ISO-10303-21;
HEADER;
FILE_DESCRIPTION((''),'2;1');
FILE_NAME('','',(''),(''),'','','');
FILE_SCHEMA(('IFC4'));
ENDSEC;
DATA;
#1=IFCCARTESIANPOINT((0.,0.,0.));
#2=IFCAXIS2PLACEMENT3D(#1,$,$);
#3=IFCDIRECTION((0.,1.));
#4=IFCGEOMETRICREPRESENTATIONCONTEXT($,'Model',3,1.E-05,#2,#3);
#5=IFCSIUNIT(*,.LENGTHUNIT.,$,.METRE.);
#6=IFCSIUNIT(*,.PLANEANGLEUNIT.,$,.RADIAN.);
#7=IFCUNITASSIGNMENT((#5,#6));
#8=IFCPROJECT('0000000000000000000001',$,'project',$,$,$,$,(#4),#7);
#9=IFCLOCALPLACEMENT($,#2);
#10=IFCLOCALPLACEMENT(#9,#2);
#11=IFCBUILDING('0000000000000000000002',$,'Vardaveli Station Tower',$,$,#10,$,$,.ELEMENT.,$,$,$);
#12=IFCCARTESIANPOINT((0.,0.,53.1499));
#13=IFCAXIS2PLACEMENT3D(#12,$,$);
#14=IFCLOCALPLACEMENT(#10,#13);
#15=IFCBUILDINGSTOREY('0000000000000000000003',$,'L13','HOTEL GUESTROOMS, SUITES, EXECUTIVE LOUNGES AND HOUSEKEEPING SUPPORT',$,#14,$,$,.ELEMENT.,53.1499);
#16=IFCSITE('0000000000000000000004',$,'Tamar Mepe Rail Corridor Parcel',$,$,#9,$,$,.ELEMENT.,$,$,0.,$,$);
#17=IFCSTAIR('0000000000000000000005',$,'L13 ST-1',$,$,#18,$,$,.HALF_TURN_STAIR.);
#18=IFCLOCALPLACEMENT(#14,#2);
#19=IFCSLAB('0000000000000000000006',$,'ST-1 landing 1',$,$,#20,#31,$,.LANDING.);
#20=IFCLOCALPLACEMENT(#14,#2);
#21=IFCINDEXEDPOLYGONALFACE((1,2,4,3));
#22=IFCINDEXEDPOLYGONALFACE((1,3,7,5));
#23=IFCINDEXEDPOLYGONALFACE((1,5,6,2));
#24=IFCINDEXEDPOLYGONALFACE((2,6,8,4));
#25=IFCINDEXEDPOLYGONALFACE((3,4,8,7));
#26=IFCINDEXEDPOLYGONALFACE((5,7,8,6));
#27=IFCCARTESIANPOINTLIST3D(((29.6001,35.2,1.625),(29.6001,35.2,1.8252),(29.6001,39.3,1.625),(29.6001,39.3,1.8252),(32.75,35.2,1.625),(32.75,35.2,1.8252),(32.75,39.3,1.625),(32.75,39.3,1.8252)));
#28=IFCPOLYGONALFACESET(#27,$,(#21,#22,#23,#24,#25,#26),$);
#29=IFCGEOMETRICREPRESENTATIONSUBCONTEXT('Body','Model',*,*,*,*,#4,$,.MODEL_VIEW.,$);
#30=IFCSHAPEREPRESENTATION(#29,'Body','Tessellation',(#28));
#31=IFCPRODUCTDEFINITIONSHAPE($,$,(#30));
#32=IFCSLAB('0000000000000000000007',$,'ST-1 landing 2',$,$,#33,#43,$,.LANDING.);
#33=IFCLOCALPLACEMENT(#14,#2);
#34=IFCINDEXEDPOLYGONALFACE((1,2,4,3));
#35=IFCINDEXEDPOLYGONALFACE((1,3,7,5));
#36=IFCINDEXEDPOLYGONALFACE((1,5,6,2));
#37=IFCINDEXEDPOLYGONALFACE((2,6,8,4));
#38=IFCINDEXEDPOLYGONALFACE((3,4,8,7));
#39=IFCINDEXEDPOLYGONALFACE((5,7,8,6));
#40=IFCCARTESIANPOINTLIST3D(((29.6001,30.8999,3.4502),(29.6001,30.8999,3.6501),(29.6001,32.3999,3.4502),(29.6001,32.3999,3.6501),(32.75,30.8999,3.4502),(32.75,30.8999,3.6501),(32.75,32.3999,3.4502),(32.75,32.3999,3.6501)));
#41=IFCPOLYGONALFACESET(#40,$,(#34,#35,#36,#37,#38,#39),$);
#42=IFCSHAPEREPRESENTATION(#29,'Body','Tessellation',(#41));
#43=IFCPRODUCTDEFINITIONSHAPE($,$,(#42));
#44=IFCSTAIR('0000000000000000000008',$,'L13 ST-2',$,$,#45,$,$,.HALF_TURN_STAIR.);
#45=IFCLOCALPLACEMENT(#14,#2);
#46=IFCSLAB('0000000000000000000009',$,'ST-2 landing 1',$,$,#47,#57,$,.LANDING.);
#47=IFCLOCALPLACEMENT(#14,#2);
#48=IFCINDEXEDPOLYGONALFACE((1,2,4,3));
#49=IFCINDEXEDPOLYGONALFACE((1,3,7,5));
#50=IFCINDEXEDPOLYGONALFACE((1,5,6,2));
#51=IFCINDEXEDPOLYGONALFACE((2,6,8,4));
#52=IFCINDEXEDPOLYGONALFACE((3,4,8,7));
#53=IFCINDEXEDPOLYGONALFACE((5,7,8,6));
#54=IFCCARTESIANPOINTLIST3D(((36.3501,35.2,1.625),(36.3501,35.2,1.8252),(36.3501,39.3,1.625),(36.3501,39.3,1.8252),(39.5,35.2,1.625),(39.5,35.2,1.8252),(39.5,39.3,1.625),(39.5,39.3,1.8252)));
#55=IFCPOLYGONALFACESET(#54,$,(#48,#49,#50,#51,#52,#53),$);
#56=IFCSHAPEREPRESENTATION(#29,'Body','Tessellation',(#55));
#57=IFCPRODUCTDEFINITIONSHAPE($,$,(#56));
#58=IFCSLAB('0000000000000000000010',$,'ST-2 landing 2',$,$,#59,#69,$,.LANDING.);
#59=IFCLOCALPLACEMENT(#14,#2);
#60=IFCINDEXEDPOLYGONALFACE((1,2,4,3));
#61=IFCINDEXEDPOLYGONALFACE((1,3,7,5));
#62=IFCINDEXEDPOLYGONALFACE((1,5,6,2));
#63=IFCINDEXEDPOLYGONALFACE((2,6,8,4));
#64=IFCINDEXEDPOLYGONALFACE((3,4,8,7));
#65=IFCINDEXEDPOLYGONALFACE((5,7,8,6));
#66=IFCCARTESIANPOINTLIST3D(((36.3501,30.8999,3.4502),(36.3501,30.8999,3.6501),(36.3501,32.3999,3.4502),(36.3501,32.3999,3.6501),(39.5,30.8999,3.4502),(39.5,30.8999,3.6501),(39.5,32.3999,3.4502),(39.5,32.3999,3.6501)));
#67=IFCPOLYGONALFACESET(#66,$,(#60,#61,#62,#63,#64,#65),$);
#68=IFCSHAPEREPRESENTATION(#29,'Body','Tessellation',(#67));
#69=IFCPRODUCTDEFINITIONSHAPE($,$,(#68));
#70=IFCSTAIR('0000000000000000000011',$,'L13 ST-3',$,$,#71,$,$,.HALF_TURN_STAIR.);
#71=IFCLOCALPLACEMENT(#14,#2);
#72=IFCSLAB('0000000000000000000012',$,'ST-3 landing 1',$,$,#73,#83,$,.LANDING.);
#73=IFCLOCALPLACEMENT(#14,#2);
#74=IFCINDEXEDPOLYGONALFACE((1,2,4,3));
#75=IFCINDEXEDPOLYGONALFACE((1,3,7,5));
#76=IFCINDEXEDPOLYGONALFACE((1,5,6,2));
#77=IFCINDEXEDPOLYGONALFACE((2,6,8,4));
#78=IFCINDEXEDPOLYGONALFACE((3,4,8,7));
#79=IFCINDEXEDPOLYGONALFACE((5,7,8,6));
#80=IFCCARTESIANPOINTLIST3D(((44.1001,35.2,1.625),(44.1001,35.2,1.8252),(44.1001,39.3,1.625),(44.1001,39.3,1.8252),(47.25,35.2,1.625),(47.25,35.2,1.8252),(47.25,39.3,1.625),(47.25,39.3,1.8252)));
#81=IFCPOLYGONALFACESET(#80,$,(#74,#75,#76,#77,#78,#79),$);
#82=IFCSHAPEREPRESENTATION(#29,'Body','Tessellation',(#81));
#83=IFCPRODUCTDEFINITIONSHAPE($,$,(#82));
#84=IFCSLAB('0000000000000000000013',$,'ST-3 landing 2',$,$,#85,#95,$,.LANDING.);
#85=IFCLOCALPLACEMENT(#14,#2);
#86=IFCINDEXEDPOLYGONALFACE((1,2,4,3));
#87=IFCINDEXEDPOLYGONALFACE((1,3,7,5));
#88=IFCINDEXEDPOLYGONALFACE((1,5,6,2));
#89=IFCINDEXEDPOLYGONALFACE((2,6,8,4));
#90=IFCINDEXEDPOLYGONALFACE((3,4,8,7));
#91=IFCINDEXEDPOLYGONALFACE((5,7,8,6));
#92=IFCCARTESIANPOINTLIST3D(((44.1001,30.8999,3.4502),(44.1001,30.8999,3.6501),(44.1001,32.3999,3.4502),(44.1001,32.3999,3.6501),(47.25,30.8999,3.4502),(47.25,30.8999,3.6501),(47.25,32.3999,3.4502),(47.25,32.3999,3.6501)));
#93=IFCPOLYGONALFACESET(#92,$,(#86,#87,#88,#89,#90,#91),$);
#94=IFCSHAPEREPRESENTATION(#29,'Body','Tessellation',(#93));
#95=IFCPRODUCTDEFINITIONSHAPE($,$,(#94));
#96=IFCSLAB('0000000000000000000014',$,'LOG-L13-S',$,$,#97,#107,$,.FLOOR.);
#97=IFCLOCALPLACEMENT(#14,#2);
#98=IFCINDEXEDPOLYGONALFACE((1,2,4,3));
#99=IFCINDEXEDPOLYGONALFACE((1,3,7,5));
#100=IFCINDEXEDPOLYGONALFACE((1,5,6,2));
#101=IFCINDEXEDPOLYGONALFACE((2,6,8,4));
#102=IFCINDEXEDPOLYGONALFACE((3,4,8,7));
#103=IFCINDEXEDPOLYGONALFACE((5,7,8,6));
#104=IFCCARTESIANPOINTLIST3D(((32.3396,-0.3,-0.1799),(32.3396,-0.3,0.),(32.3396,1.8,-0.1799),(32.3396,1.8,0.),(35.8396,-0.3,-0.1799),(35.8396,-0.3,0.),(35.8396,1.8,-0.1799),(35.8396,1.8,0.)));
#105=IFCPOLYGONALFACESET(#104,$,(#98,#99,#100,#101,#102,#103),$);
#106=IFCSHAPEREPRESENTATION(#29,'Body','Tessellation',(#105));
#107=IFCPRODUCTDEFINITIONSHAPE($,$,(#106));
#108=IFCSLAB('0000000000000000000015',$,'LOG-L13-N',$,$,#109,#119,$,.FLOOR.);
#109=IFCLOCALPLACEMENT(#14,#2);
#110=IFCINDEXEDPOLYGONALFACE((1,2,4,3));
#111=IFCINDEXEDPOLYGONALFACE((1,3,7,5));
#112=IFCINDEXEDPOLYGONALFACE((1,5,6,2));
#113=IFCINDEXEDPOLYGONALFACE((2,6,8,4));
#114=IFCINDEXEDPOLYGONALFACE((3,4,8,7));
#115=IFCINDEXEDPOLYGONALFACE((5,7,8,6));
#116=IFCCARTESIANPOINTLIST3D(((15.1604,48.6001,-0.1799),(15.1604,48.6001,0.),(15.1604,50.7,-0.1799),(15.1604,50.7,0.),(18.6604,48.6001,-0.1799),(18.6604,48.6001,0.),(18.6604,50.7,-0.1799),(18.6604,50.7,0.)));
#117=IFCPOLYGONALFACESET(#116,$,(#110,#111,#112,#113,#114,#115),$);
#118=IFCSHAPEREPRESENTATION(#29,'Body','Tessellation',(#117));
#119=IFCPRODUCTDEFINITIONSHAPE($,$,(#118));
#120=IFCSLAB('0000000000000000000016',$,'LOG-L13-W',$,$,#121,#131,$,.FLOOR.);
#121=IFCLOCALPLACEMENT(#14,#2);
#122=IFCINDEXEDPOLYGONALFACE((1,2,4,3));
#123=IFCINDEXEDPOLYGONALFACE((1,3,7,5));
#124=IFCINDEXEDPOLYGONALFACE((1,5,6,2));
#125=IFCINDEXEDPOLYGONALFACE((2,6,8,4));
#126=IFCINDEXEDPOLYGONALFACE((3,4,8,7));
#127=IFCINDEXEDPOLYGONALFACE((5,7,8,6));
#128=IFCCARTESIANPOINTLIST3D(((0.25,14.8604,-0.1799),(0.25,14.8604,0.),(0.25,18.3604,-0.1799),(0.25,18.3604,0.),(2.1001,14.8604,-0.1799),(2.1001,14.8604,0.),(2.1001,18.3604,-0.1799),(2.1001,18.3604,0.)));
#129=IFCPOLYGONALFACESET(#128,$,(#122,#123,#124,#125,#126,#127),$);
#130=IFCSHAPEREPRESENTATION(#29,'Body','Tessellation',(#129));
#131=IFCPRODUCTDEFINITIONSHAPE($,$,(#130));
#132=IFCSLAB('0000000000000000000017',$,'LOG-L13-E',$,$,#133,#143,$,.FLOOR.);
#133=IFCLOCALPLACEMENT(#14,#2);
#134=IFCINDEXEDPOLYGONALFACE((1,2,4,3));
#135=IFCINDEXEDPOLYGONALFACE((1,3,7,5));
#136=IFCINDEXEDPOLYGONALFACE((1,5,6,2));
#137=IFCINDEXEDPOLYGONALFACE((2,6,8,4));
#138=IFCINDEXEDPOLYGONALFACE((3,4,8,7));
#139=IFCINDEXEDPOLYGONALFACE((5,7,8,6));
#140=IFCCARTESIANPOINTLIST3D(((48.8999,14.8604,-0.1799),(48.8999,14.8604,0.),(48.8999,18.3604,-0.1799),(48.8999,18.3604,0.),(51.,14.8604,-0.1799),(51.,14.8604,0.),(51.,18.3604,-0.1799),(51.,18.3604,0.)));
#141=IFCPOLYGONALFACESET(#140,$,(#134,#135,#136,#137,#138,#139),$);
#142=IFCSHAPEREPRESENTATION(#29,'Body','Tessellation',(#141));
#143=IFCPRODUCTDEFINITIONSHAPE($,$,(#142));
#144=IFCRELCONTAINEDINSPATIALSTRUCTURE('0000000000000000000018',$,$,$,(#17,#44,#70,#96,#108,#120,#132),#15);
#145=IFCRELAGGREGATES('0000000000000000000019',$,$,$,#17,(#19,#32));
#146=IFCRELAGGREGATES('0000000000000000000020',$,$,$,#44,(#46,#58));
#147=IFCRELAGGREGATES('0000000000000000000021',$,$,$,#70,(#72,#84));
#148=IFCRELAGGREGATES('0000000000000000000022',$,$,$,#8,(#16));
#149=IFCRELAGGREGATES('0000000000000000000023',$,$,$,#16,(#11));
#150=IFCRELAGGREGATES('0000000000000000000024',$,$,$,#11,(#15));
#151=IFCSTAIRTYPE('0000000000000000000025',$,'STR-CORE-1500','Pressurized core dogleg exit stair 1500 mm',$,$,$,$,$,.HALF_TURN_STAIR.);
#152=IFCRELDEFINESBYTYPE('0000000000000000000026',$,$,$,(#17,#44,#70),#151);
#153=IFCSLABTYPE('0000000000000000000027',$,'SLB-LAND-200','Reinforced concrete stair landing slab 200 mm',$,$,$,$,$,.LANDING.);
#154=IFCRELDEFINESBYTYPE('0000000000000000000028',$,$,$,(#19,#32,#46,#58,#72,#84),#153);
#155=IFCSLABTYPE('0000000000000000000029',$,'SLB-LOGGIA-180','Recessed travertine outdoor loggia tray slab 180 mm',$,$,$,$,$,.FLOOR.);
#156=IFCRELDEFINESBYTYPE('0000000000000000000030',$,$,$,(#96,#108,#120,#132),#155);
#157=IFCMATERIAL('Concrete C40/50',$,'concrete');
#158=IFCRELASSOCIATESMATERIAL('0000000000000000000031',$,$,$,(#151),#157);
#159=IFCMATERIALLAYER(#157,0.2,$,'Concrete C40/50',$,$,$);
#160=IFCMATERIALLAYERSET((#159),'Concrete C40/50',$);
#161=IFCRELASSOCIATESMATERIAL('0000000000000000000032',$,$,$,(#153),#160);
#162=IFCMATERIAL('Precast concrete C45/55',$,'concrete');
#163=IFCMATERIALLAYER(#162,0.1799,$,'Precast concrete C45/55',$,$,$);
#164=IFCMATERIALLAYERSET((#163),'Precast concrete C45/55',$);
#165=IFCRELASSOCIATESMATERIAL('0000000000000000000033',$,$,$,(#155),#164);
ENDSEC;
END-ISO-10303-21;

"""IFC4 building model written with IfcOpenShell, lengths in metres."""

from ifc_helpers import new_model, si_unit, direction, frame, origin, place, context, subcontext, project, spatial, polyline, outline, extrude, material, layer, layer_set, type_object, element, aggregate, save


model = new_model("IFC4")

# Units and contexts
model_context = context("Model", 3, precision=1e-05, world=origin(), true_north=direction((0.0, 1.0)))
body_context = subcontext(model_context, "Body", "Model", "MODEL_VIEW")
ifc_project = project(units=[si_unit("LENGTHUNIT", "METRE"), si_unit("PLANEANGLEUNIT", "RADIAN")], contexts=[model_context])

# Site, building, storey
site_placement = place(None, origin())
site = spatial("IfcSite", under=ifc_project, at=site_placement, Name="Tamar Mepe Rail Corridor Parcel", CompositionType="ELEMENT", RefElevation=0.0)
building_placement = place(site_placement, origin())
building = spatial("IfcBuilding", under=site, at=building_placement, Name="Vardaveli Station Tower", CompositionType="ELEMENT")
storey_placement = place(building_placement, frame((0.0, 0.0, 53.1499)))
storey = spatial("IfcBuildingStorey", under=building, at=storey_placement, Name="L13", Description="HOTEL GUESTROOMS, SUITES, EXECUTIVE LOUNGES AND HOUSEKEEPING SUPPORT", CompositionType="ELEMENT", Elevation=53.1499)

# Stairs, slabs
ifc_material_1 = material(Name="Concrete C40/50", Category="concrete")
stair_type = type_object("IfcStairType", Name="STR-CORE-1500", Description="Pressurized core dogleg exit stair 1500 mm", PredefinedType="HALF_TURN_STAIR", material=ifc_material_1)
stair_1_placement = place(storey_placement, origin())
stair_1 = element("IfcStair", 1, at=stair_1_placement, inside=storey, type_object=stair_type, Name="L13 ST-1", PredefinedType="HALF_TURN_STAIR")
ifc_layer_1 = layer(ifc_material_1, 0.2, Name="Concrete C40/50")
ifc_layer_set_1 = layer_set([ifc_layer_1], Name="Concrete C40/50")
slab_type_1 = type_object("IfcSlabType", Name="SLB-LAND-200", Description="Reinforced concrete stair landing slab 200 mm", PredefinedType="LANDING", material=ifc_layer_set_1)
slab_1_placement = place(storey_placement, frame((0.0, 0.0, 1.625)))
slab_1 = element("IfcSlab", 2, at=slab_1_placement, type_object=slab_type_1, Name="ST-1 landing 1", PredefinedType="LANDING", context=body_context, shape_type="SweptSolid", body=[
    extrude(outline(polyline([(32.75, 35.2), (32.75, 39.3), (29.6001, 39.3), (29.6001, 35.2), (32.75, 35.2)])), origin(), (0.0, 0.0, 1.0), 0.2002),
])
slab_2_placement = place(storey_placement, frame((0.0, 0.0, 3.4502)))
slab_2 = element("IfcSlab", 3, at=slab_2_placement, type_object=slab_type_1, Name="ST-1 landing 2", PredefinedType="LANDING", context=body_context, shape_type="SweptSolid", body=[
    extrude(outline(polyline([(32.75, 30.8999), (32.75, 32.3999), (29.6001, 32.3999), (29.6001, 30.8999), (32.75, 30.8999)])), origin(), (0.0, 0.0, 1.0), 0.2),
])
aggregate(stair_1, [slab_1, slab_2])
stair_2_placement = place(storey_placement, origin())
stair_2 = element("IfcStair", 4, at=stair_2_placement, inside=storey, type_object=stair_type, Name="L13 ST-2", PredefinedType="HALF_TURN_STAIR")
slab_3_placement = place(storey_placement, frame((0.0, 0.0, 1.625)))
slab_3 = element("IfcSlab", 5, at=slab_3_placement, type_object=slab_type_1, Name="ST-2 landing 1", PredefinedType="LANDING", context=body_context, shape_type="SweptSolid", body=[
    extrude(outline(polyline([(39.5, 35.2), (39.5, 39.3), (36.3501, 39.3), (36.3501, 35.2), (39.5, 35.2)])), origin(), (0.0, 0.0, 1.0), 0.2002),
])
slab_4_placement = place(storey_placement, frame((0.0, 0.0, 3.4502)))
slab_4 = element("IfcSlab", 6, at=slab_4_placement, type_object=slab_type_1, Name="ST-2 landing 2", PredefinedType="LANDING", context=body_context, shape_type="SweptSolid", body=[
    extrude(outline(polyline([(39.5, 30.8999), (39.5, 32.3999), (36.3501, 32.3999), (36.3501, 30.8999), (39.5, 30.8999)])), origin(), (0.0, 0.0, 1.0), 0.2),
])
aggregate(stair_2, [slab_3, slab_4])
stair_3_placement = place(storey_placement, origin())
stair_3 = element("IfcStair", 7, at=stair_3_placement, inside=storey, type_object=stair_type, Name="L13 ST-3", PredefinedType="HALF_TURN_STAIR")
slab_5_placement = place(storey_placement, frame((0.0, 0.0, 1.625)))
slab_5 = element("IfcSlab", 8, at=slab_5_placement, type_object=slab_type_1, Name="ST-3 landing 1", PredefinedType="LANDING", context=body_context, shape_type="SweptSolid", body=[
    extrude(outline(polyline([(47.25, 35.2), (47.25, 39.3), (44.1001, 39.3), (44.1001, 35.2), (47.25, 35.2)])), origin(), (0.0, 0.0, 1.0), 0.2002),
])
slab_6_placement = place(storey_placement, frame((0.0, 0.0, 3.4502)))
slab_6 = element("IfcSlab", 9, at=slab_6_placement, type_object=slab_type_1, Name="ST-3 landing 2", PredefinedType="LANDING", context=body_context, shape_type="SweptSolid", body=[
    extrude(outline(polyline([(47.25, 30.8999), (47.25, 32.3999), (44.1001, 32.3999), (44.1001, 30.8999), (47.25, 30.8999)])), origin(), (0.0, 0.0, 1.0), 0.2),
])
aggregate(stair_3, [slab_5, slab_6])

# Slabs
ifc_material_2 = material(Name="Precast concrete C45/55", Category="concrete")
ifc_layer_2 = layer(ifc_material_2, 0.1799, Name="Precast concrete C45/55")
ifc_layer_set_2 = layer_set([ifc_layer_2], Name="Precast concrete C45/55")
slab_type_2 = type_object("IfcSlabType", Name="SLB-LOGGIA-180", Description="Recessed travertine outdoor loggia tray slab 180 mm", PredefinedType="FLOOR", material=ifc_layer_set_2)
slab_7_placement = place(storey_placement, frame((0.0, 0.0, -0.1799)))
element("IfcSlab", 10, at=slab_7_placement, inside=storey, type_object=slab_type_2, Name="LOG-L13-S", PredefinedType="FLOOR", context=body_context, shape_type="SweptSolid", body=[
    extrude(outline(polyline([(32.3396, -0.3), (35.8396, -0.3), (35.8396, 1.8), (32.3396, 1.8), (32.3396, -0.3)])), origin(), (0.0, 0.0, 1.0), 0.1799),
])
slab_8_placement = place(storey_placement, frame((0.0, 0.0, -0.1799)))
element("IfcSlab", 11, at=slab_8_placement, inside=storey, type_object=slab_type_2, Name="LOG-L13-N", PredefinedType="FLOOR", context=body_context, shape_type="SweptSolid", body=[
    extrude(outline(polyline([(15.1604, 48.6001), (18.6604, 48.6001), (18.6604, 50.7), (15.1604, 50.7), (15.1604, 48.6001)])), origin(), (0.0, 0.0, 1.0), 0.1799),
])
slab_9_placement = place(storey_placement, frame((0.0, 0.0, -0.1799)))
element("IfcSlab", 12, at=slab_9_placement, inside=storey, type_object=slab_type_2, Name="LOG-L13-W", PredefinedType="FLOOR", context=body_context, shape_type="SweptSolid", body=[
    extrude(outline(polyline([(0.25, 14.8604), (2.1001, 14.8604), (2.1001, 18.3604), (0.25, 18.3604), (0.25, 14.8604)])), origin(), (0.0, 0.0, 1.0), 0.1799),
])
slab_10_placement = place(storey_placement, frame((0.0, 0.0, -0.1799)))
element("IfcSlab", 13, at=slab_10_placement, inside=storey, type_object=slab_type_2, Name="LOG-L13-E", PredefinedType="FLOOR", context=body_context, shape_type="SweptSolid", body=[
    extrude(outline(polyline([(48.8999, 14.8604), (51.0, 14.8604), (51.0, 18.3604), (48.8999, 18.3604), (48.8999, 14.8604)])), origin(), (0.0, 0.0, 1.0), 0.1799),
])

save(model, "model.ifc")
